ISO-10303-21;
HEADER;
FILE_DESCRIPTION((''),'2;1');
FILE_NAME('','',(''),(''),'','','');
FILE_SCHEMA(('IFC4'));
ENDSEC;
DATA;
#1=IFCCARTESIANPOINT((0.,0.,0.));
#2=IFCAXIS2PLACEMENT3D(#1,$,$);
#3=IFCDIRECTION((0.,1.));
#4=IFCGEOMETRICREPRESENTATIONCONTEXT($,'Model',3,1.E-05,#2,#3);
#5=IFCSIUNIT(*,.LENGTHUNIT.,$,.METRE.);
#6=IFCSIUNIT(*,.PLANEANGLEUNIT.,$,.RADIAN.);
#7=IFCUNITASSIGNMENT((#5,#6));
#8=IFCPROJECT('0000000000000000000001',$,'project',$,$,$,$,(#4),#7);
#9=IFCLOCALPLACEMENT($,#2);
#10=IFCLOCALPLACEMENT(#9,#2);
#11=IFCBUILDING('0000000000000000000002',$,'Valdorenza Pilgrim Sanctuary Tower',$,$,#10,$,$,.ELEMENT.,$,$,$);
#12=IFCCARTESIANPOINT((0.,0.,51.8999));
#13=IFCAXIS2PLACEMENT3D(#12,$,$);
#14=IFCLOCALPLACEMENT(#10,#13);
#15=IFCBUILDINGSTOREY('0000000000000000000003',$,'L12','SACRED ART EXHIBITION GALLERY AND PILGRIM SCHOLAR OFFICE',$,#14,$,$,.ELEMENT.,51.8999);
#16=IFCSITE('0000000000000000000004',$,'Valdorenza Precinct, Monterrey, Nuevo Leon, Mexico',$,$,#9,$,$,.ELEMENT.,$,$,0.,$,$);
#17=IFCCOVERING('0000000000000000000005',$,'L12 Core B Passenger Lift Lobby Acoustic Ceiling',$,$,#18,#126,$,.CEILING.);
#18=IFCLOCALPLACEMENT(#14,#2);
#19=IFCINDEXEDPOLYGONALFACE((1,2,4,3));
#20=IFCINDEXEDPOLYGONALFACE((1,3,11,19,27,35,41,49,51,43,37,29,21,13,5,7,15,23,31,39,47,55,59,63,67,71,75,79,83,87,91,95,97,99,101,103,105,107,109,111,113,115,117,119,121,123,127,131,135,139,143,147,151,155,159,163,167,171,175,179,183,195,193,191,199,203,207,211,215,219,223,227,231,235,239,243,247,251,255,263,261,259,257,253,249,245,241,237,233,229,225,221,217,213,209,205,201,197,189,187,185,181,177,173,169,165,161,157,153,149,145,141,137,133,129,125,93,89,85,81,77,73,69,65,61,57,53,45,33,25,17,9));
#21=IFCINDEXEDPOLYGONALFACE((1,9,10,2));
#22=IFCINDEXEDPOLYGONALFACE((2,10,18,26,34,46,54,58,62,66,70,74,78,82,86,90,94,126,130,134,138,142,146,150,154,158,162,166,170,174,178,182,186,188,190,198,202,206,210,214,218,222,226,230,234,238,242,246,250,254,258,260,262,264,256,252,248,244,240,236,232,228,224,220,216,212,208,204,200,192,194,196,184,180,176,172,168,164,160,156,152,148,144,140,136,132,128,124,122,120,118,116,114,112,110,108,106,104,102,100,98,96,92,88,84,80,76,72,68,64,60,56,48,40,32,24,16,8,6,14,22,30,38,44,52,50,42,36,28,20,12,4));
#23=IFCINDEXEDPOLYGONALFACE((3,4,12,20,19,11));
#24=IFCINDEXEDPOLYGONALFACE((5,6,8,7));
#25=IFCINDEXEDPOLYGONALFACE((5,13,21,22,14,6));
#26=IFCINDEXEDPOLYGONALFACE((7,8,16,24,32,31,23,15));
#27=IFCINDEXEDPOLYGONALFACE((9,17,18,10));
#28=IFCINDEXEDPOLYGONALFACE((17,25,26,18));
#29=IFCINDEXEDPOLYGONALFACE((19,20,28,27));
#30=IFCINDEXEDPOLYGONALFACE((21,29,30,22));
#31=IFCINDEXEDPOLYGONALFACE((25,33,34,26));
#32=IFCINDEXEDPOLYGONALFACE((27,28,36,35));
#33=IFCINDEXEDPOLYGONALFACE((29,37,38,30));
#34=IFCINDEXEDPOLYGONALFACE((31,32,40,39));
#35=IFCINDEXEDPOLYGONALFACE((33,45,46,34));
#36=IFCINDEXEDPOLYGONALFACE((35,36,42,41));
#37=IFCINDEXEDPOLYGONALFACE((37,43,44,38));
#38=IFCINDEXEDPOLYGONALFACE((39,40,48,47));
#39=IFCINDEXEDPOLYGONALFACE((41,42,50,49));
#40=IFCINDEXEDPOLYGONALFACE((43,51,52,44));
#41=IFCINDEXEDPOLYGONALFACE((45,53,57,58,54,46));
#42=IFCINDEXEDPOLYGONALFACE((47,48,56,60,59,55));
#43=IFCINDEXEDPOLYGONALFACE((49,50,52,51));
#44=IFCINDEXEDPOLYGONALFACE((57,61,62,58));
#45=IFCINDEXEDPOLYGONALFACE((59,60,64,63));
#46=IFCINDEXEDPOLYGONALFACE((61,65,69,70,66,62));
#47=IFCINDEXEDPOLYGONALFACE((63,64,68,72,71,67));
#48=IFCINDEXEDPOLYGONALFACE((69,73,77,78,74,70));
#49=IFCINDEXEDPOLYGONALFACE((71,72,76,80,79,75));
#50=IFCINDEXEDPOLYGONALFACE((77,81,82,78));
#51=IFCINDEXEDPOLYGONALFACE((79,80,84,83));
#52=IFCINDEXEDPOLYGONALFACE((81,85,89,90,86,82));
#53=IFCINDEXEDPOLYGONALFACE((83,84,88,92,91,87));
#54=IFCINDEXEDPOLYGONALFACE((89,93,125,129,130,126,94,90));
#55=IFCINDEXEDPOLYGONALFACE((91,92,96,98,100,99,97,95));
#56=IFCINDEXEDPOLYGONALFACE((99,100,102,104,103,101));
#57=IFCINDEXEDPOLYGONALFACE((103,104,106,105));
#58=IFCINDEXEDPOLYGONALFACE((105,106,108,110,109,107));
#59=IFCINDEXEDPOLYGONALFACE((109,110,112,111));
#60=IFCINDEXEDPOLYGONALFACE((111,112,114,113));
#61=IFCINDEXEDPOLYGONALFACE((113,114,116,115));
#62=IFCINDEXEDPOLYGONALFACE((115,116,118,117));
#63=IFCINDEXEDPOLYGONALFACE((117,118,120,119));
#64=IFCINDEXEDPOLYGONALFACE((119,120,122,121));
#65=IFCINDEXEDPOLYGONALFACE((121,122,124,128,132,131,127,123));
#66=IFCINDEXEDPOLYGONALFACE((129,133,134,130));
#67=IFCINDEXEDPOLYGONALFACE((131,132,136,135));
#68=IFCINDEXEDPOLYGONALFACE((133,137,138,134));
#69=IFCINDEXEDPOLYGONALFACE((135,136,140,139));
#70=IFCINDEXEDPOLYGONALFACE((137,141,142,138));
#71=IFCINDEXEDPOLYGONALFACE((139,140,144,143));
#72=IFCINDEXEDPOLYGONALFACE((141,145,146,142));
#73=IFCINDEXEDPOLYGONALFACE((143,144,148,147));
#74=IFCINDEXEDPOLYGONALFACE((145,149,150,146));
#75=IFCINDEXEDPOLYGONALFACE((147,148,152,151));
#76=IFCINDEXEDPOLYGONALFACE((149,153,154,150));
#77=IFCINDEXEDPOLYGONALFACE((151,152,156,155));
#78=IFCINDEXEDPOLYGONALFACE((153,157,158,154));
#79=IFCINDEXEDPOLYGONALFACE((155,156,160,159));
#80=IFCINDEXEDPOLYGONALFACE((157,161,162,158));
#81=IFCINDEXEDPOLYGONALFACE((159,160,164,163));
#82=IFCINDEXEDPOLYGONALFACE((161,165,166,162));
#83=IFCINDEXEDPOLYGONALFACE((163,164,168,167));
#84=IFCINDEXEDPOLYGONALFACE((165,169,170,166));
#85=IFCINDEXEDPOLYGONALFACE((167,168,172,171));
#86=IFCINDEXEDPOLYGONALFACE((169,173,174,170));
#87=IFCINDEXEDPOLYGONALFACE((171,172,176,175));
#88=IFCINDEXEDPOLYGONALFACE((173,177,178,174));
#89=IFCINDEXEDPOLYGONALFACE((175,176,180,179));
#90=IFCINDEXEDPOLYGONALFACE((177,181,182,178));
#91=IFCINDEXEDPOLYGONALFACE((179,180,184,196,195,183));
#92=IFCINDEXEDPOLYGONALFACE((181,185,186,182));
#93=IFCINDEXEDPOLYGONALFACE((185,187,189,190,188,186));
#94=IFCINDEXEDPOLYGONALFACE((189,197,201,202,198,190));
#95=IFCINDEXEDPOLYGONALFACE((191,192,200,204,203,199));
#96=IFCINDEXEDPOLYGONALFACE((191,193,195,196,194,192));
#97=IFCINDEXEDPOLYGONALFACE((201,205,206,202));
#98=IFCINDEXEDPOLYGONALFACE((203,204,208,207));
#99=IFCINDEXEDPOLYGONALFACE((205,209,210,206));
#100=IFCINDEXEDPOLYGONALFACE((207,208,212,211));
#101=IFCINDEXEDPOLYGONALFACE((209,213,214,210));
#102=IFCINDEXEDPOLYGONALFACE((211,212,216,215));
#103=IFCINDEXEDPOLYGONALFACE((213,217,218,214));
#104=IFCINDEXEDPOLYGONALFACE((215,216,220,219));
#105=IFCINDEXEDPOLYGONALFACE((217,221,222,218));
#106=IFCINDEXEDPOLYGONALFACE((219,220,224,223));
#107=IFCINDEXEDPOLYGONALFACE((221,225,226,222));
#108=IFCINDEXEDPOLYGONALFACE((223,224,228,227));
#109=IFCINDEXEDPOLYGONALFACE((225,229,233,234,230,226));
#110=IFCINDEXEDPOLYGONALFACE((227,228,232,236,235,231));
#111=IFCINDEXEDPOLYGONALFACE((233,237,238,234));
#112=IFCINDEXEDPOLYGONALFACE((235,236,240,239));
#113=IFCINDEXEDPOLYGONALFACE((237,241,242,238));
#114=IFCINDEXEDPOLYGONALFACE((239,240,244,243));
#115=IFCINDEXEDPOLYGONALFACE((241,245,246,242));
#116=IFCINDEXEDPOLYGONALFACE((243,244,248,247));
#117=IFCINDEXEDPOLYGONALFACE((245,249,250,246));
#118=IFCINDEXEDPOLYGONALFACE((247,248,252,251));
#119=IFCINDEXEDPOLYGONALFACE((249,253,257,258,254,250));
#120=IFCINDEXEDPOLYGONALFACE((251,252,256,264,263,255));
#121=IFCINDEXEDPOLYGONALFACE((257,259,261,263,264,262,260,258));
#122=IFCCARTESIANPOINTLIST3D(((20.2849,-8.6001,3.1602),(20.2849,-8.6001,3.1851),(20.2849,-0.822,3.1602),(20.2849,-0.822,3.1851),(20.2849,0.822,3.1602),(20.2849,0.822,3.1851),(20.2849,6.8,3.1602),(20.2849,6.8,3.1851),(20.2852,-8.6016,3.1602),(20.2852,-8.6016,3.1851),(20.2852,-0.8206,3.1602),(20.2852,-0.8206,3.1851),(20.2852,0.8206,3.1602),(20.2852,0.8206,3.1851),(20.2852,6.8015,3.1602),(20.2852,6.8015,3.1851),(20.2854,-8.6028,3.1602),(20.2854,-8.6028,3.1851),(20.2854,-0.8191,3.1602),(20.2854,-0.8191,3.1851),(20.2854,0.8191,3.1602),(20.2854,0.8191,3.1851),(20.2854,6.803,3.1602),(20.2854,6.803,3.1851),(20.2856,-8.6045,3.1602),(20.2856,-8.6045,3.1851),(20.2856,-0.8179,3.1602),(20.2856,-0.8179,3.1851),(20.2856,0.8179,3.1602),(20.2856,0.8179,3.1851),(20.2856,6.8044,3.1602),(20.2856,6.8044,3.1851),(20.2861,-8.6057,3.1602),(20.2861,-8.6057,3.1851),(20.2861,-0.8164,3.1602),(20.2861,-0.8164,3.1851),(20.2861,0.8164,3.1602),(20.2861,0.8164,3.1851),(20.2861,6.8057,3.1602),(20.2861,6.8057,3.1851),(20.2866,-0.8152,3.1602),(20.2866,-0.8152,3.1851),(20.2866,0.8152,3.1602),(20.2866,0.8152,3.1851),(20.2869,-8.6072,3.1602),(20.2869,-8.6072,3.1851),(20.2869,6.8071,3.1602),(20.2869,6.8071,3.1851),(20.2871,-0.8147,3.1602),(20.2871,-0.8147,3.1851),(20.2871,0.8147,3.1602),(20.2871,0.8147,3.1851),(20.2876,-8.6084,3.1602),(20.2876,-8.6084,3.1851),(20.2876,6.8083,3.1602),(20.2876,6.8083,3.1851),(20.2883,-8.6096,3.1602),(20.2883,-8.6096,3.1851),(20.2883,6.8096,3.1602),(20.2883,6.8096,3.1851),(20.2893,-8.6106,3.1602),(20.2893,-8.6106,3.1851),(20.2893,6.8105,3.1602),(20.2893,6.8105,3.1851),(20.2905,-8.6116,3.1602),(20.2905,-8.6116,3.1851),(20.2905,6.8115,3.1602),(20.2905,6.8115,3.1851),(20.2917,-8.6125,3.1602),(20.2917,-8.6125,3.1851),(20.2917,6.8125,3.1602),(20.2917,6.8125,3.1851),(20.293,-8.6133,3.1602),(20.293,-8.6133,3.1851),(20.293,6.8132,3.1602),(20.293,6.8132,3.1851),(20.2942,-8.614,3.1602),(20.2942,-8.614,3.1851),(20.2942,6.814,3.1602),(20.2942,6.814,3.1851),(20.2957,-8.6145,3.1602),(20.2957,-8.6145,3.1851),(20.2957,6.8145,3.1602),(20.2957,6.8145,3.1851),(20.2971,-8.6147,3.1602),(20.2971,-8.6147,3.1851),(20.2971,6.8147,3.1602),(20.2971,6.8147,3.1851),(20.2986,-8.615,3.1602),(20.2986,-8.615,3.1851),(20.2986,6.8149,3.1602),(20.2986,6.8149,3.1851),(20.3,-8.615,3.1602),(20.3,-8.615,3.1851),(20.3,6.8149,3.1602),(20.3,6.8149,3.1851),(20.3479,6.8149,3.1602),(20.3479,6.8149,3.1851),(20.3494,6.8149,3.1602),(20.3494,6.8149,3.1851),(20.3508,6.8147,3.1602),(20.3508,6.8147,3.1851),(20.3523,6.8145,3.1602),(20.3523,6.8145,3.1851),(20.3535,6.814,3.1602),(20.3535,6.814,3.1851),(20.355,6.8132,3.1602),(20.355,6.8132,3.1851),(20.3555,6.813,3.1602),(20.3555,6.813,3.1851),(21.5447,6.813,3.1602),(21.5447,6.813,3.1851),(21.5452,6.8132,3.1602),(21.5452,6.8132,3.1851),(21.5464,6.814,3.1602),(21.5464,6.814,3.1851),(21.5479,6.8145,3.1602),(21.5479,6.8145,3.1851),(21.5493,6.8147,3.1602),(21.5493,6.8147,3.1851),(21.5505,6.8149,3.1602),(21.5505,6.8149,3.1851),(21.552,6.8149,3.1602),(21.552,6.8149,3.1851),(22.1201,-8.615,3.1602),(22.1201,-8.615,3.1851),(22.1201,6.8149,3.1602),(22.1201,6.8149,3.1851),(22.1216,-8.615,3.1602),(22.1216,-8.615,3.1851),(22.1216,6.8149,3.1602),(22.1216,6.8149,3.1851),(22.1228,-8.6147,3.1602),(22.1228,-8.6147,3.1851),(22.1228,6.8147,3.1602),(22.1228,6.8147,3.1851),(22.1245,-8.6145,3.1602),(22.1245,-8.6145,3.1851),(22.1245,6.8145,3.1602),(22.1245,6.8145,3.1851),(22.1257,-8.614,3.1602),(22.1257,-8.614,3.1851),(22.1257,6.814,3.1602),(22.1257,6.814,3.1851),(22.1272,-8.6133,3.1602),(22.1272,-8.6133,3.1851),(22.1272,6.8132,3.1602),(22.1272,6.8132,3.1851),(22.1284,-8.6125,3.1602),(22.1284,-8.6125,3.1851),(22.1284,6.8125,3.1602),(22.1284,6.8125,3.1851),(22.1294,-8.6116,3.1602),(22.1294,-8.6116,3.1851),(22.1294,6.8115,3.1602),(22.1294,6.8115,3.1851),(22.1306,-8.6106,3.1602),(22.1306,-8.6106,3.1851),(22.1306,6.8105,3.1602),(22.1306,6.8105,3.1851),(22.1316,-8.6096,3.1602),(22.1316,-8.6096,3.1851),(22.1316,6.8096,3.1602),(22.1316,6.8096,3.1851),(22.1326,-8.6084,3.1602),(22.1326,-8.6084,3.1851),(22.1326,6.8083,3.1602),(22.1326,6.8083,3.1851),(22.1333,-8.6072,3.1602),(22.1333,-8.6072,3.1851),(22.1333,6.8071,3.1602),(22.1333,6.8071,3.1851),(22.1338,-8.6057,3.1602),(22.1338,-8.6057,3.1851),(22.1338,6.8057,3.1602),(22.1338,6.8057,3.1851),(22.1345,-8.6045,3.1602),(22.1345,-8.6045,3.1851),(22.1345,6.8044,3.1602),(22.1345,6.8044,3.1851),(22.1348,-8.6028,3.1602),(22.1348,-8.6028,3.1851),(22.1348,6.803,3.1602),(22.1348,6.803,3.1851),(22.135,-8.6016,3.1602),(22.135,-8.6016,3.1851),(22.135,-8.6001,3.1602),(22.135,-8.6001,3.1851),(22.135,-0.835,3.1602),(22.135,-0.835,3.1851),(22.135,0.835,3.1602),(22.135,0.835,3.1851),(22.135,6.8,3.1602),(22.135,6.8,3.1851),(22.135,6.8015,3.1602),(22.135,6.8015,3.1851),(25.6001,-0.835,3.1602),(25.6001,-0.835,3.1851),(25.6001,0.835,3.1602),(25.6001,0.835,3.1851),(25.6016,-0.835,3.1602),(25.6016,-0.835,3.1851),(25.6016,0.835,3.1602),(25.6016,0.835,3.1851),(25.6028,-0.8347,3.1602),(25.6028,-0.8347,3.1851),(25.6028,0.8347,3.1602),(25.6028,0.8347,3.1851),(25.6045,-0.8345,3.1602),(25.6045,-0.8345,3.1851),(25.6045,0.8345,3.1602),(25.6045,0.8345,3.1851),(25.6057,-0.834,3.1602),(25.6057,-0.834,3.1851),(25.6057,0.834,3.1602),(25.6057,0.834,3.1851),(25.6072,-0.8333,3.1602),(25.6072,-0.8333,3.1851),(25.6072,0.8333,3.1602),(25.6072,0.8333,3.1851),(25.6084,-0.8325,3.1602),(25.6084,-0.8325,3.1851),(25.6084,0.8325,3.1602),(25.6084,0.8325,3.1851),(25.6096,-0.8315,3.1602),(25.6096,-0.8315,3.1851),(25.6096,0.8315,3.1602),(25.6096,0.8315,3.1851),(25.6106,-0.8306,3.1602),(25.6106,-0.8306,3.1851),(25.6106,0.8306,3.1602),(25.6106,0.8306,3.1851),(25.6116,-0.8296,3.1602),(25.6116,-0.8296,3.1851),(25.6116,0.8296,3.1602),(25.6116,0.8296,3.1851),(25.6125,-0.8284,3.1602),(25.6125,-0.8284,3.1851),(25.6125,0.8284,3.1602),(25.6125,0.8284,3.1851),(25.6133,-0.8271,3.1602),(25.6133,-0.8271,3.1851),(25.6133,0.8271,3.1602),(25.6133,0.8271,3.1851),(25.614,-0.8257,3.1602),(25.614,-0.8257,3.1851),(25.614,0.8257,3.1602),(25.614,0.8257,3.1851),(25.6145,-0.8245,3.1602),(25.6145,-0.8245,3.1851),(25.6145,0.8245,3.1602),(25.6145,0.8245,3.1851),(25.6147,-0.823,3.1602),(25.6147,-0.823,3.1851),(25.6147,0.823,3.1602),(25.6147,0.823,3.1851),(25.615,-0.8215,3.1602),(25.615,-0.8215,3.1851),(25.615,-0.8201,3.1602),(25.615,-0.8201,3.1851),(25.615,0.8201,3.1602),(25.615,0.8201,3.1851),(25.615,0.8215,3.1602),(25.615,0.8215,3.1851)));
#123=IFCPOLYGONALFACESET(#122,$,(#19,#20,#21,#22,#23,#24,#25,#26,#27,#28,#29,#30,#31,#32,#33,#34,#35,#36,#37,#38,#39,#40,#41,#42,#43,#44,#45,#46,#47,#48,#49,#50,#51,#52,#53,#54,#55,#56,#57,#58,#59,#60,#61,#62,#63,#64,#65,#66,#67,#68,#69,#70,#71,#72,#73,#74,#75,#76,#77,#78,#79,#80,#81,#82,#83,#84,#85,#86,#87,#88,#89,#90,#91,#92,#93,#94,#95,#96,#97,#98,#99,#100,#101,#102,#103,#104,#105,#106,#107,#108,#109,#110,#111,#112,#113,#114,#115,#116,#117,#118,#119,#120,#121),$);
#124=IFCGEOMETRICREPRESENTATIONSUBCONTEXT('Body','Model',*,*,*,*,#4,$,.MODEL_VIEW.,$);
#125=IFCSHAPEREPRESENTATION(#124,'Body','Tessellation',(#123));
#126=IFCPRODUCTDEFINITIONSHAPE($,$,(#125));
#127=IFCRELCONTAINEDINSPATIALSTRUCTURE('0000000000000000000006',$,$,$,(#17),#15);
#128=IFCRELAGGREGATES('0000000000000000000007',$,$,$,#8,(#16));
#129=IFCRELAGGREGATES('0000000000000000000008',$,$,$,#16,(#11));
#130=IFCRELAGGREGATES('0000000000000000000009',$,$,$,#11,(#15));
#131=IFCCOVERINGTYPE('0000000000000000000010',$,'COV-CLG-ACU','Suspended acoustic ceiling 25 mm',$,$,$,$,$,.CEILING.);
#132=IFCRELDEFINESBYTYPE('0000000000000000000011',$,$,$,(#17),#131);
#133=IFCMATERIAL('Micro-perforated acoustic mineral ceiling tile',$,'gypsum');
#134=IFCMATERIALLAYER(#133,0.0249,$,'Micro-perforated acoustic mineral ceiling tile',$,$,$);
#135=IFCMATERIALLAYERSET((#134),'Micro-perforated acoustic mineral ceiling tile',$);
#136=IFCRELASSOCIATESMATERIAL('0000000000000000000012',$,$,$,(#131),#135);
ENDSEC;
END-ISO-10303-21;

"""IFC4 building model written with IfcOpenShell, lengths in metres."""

from ifc_helpers import new_model, si_unit, direction, frame, origin, place, context, subcontext, project, spatial, polyline, outline, extrude, material, layer, layer_set, type_object, element, save


model = new_model("IFC4")

# Units and contexts
model_context = context("Model", 3, precision=1e-05, world=origin(), true_north=direction((0.0, 1.0)))
body_context = subcontext(model_context, "Body", "Model", "MODEL_VIEW")
ifc_project = project(units=[si_unit("LENGTHUNIT", "METRE"), si_unit("PLANEANGLEUNIT", "RADIAN")], contexts=[model_context])

# Site, building, storey
site_placement = place(None, origin())
site = spatial("IfcSite", under=ifc_project, at=site_placement, Name="Valdorenza Precinct, Monterrey, Nuevo Leon, Mexico", CompositionType="ELEMENT", RefElevation=0.0)
building_placement = place(site_placement, origin())
building = spatial("IfcBuilding", under=site, at=building_placement, Name="Valdorenza Pilgrim Sanctuary Tower", CompositionType="ELEMENT")
storey_placement = place(building_placement, frame((0.0, 0.0, 51.8999)))
storey = spatial("IfcBuildingStorey", under=building, at=storey_placement, Name="L12", Description="SACRED ART EXHIBITION GALLERY AND PILGRIM SCHOLAR OFFICE", CompositionType="ELEMENT", Elevation=51.8999)

# Covering
ifc_material_1 = material(Name="Micro-perforated acoustic mineral ceiling tile", Category="gypsum")
ifc_layer_1 = layer(ifc_material_1, 0.0249, Name="Micro-perforated acoustic mineral ceiling tile")
ifc_layer_set_1 = layer_set([ifc_layer_1], Name="Micro-perforated acoustic mineral ceiling tile")
covering_type_1 = type_object("IfcCoveringType", Name="COV-CLG-ACU", Description="Suspended acoustic ceiling 25 mm", PredefinedType="CEILING", material=ifc_layer_set_1)
covering_1_placement = place(storey_placement, frame((0.0, 0.0, 3.1602)))
element("IfcCovering", 1, at=covering_1_placement, inside=storey, type_object=covering_type_1, Name="L12 Core B Passenger Lift Lobby Acoustic Ceiling", PredefinedType="CEILING", context=body_context, shape_type="SweptSolid", body=[
    extrude(outline(polyline([(20.2871, -0.8147), (20.2871, 0.8147), (20.2866, 0.8152), (20.2861, 0.8164), (20.2856, 0.8179), (20.2854, 0.8191), (20.2852, 0.8206), (20.2849, 0.822), (20.2849, 6.8), (20.2852, 6.8015), (20.2854, 6.803), (20.2856, 6.8044), (20.2861, 6.8057), (20.2869, 6.8071), (20.2876, 6.8083), (20.2883, 6.8096), (20.2893, 6.8105), (20.2905, 6.8115), (20.2917, 6.8125), (20.293, 6.8132), (20.2942, 6.814), (20.2957, 6.8145), (20.2971, 6.8147), (20.2986, 6.8149), (20.3, 6.8149), (20.3479, 6.8149), (20.3494, 6.8149), (20.3508, 6.8147), (20.3523, 6.8145), (20.3535, 6.814), (20.355, 6.8132), (20.3555, 6.813), (21.5447, 6.813), (21.5452, 6.8132), (21.5464, 6.814), (21.5479, 6.8145), (21.5493, 6.8147), (21.5505, 6.8149), (21.552, 6.8149), (22.1201, 6.8149), (22.1216, 6.8149), (22.1228, 6.8147), (22.1245, 6.8145), (22.1257, 6.814), (22.1272, 6.8132), (22.1284, 6.8125), (22.1294, 6.8115), (22.1306, 6.8105), (22.1316, 6.8096), (22.1326, 6.8083), (22.1333, 6.8071), (22.1338, 6.8057), (22.1345, 6.8044), (22.1348, 6.803), (22.135, 6.8015), (22.135, 6.8), (22.135, 0.835), (25.6001, 0.835), (25.6016, 0.835), (25.6028, 0.8347), (25.6045, 0.8345), (25.6057, 0.834), (25.6072, 0.8333), (25.6084, 0.8325), (25.6096, 0.8315), (25.6106, 0.8306), (25.6116, 0.8296), (25.6125, 0.8284), (25.6133, 0.8271), (25.614, 0.8257), (25.6145, 0.8245), (25.6147, 0.823), (25.615, 0.8215), (25.615, 0.8201), (25.615, -0.8201), (25.615, -0.8215), (25.6147, -0.823), (25.6145, -0.8245), (25.614, -0.8257), (25.6133, -0.8271), (25.6125, -0.8284), (25.6116, -0.8296), (25.6106, -0.8306), (25.6096, -0.8315), (25.6084, -0.8325), (25.6072, -0.8333), (25.6057, -0.834), (25.6045, -0.8345), (25.6028, -0.8347), (25.6016, -0.835), (25.6001, -0.835), (22.135, -0.835), (22.135, -8.6001), (22.135, -8.6016), (22.1348, -8.6028), (22.1345, -8.6045), (22.1338, -8.6057), (22.1333, -8.6072), (22.1326, -8.6084), (22.1316, -8.6096), (22.1306, -8.6106), (22.1294, -8.6116), (22.1284, -8.6125), (22.1272, -8.6133), (22.1257, -8.614), (22.1245, -8.6145), (22.1228, -8.6147), (22.1216, -8.615), (22.1201, -8.615), (20.3, -8.615), (20.2986, -8.615), (20.2971, -8.6147), (20.2957, -8.6145), (20.2942, -8.614), (20.293, -8.6133), (20.2917, -8.6125), (20.2905, -8.6116), (20.2893, -8.6106), (20.2883, -8.6096), (20.2876, -8.6084), (20.2869, -8.6072), (20.2861, -8.6057), (20.2856, -8.6045), (20.2854, -8.6028), (20.2852, -8.6016), (20.2849, -8.6001), (20.2849, -0.822), (20.2852, -0.8206), (20.2854, -0.8191), (20.2856, -0.8179), (20.2861, -0.8164), (20.2866, -0.8152), (20.2871, -0.8147)])), origin(), (0.0, 0.0, 1.0), 0.0249),
])

save(model, "model.ifc")
